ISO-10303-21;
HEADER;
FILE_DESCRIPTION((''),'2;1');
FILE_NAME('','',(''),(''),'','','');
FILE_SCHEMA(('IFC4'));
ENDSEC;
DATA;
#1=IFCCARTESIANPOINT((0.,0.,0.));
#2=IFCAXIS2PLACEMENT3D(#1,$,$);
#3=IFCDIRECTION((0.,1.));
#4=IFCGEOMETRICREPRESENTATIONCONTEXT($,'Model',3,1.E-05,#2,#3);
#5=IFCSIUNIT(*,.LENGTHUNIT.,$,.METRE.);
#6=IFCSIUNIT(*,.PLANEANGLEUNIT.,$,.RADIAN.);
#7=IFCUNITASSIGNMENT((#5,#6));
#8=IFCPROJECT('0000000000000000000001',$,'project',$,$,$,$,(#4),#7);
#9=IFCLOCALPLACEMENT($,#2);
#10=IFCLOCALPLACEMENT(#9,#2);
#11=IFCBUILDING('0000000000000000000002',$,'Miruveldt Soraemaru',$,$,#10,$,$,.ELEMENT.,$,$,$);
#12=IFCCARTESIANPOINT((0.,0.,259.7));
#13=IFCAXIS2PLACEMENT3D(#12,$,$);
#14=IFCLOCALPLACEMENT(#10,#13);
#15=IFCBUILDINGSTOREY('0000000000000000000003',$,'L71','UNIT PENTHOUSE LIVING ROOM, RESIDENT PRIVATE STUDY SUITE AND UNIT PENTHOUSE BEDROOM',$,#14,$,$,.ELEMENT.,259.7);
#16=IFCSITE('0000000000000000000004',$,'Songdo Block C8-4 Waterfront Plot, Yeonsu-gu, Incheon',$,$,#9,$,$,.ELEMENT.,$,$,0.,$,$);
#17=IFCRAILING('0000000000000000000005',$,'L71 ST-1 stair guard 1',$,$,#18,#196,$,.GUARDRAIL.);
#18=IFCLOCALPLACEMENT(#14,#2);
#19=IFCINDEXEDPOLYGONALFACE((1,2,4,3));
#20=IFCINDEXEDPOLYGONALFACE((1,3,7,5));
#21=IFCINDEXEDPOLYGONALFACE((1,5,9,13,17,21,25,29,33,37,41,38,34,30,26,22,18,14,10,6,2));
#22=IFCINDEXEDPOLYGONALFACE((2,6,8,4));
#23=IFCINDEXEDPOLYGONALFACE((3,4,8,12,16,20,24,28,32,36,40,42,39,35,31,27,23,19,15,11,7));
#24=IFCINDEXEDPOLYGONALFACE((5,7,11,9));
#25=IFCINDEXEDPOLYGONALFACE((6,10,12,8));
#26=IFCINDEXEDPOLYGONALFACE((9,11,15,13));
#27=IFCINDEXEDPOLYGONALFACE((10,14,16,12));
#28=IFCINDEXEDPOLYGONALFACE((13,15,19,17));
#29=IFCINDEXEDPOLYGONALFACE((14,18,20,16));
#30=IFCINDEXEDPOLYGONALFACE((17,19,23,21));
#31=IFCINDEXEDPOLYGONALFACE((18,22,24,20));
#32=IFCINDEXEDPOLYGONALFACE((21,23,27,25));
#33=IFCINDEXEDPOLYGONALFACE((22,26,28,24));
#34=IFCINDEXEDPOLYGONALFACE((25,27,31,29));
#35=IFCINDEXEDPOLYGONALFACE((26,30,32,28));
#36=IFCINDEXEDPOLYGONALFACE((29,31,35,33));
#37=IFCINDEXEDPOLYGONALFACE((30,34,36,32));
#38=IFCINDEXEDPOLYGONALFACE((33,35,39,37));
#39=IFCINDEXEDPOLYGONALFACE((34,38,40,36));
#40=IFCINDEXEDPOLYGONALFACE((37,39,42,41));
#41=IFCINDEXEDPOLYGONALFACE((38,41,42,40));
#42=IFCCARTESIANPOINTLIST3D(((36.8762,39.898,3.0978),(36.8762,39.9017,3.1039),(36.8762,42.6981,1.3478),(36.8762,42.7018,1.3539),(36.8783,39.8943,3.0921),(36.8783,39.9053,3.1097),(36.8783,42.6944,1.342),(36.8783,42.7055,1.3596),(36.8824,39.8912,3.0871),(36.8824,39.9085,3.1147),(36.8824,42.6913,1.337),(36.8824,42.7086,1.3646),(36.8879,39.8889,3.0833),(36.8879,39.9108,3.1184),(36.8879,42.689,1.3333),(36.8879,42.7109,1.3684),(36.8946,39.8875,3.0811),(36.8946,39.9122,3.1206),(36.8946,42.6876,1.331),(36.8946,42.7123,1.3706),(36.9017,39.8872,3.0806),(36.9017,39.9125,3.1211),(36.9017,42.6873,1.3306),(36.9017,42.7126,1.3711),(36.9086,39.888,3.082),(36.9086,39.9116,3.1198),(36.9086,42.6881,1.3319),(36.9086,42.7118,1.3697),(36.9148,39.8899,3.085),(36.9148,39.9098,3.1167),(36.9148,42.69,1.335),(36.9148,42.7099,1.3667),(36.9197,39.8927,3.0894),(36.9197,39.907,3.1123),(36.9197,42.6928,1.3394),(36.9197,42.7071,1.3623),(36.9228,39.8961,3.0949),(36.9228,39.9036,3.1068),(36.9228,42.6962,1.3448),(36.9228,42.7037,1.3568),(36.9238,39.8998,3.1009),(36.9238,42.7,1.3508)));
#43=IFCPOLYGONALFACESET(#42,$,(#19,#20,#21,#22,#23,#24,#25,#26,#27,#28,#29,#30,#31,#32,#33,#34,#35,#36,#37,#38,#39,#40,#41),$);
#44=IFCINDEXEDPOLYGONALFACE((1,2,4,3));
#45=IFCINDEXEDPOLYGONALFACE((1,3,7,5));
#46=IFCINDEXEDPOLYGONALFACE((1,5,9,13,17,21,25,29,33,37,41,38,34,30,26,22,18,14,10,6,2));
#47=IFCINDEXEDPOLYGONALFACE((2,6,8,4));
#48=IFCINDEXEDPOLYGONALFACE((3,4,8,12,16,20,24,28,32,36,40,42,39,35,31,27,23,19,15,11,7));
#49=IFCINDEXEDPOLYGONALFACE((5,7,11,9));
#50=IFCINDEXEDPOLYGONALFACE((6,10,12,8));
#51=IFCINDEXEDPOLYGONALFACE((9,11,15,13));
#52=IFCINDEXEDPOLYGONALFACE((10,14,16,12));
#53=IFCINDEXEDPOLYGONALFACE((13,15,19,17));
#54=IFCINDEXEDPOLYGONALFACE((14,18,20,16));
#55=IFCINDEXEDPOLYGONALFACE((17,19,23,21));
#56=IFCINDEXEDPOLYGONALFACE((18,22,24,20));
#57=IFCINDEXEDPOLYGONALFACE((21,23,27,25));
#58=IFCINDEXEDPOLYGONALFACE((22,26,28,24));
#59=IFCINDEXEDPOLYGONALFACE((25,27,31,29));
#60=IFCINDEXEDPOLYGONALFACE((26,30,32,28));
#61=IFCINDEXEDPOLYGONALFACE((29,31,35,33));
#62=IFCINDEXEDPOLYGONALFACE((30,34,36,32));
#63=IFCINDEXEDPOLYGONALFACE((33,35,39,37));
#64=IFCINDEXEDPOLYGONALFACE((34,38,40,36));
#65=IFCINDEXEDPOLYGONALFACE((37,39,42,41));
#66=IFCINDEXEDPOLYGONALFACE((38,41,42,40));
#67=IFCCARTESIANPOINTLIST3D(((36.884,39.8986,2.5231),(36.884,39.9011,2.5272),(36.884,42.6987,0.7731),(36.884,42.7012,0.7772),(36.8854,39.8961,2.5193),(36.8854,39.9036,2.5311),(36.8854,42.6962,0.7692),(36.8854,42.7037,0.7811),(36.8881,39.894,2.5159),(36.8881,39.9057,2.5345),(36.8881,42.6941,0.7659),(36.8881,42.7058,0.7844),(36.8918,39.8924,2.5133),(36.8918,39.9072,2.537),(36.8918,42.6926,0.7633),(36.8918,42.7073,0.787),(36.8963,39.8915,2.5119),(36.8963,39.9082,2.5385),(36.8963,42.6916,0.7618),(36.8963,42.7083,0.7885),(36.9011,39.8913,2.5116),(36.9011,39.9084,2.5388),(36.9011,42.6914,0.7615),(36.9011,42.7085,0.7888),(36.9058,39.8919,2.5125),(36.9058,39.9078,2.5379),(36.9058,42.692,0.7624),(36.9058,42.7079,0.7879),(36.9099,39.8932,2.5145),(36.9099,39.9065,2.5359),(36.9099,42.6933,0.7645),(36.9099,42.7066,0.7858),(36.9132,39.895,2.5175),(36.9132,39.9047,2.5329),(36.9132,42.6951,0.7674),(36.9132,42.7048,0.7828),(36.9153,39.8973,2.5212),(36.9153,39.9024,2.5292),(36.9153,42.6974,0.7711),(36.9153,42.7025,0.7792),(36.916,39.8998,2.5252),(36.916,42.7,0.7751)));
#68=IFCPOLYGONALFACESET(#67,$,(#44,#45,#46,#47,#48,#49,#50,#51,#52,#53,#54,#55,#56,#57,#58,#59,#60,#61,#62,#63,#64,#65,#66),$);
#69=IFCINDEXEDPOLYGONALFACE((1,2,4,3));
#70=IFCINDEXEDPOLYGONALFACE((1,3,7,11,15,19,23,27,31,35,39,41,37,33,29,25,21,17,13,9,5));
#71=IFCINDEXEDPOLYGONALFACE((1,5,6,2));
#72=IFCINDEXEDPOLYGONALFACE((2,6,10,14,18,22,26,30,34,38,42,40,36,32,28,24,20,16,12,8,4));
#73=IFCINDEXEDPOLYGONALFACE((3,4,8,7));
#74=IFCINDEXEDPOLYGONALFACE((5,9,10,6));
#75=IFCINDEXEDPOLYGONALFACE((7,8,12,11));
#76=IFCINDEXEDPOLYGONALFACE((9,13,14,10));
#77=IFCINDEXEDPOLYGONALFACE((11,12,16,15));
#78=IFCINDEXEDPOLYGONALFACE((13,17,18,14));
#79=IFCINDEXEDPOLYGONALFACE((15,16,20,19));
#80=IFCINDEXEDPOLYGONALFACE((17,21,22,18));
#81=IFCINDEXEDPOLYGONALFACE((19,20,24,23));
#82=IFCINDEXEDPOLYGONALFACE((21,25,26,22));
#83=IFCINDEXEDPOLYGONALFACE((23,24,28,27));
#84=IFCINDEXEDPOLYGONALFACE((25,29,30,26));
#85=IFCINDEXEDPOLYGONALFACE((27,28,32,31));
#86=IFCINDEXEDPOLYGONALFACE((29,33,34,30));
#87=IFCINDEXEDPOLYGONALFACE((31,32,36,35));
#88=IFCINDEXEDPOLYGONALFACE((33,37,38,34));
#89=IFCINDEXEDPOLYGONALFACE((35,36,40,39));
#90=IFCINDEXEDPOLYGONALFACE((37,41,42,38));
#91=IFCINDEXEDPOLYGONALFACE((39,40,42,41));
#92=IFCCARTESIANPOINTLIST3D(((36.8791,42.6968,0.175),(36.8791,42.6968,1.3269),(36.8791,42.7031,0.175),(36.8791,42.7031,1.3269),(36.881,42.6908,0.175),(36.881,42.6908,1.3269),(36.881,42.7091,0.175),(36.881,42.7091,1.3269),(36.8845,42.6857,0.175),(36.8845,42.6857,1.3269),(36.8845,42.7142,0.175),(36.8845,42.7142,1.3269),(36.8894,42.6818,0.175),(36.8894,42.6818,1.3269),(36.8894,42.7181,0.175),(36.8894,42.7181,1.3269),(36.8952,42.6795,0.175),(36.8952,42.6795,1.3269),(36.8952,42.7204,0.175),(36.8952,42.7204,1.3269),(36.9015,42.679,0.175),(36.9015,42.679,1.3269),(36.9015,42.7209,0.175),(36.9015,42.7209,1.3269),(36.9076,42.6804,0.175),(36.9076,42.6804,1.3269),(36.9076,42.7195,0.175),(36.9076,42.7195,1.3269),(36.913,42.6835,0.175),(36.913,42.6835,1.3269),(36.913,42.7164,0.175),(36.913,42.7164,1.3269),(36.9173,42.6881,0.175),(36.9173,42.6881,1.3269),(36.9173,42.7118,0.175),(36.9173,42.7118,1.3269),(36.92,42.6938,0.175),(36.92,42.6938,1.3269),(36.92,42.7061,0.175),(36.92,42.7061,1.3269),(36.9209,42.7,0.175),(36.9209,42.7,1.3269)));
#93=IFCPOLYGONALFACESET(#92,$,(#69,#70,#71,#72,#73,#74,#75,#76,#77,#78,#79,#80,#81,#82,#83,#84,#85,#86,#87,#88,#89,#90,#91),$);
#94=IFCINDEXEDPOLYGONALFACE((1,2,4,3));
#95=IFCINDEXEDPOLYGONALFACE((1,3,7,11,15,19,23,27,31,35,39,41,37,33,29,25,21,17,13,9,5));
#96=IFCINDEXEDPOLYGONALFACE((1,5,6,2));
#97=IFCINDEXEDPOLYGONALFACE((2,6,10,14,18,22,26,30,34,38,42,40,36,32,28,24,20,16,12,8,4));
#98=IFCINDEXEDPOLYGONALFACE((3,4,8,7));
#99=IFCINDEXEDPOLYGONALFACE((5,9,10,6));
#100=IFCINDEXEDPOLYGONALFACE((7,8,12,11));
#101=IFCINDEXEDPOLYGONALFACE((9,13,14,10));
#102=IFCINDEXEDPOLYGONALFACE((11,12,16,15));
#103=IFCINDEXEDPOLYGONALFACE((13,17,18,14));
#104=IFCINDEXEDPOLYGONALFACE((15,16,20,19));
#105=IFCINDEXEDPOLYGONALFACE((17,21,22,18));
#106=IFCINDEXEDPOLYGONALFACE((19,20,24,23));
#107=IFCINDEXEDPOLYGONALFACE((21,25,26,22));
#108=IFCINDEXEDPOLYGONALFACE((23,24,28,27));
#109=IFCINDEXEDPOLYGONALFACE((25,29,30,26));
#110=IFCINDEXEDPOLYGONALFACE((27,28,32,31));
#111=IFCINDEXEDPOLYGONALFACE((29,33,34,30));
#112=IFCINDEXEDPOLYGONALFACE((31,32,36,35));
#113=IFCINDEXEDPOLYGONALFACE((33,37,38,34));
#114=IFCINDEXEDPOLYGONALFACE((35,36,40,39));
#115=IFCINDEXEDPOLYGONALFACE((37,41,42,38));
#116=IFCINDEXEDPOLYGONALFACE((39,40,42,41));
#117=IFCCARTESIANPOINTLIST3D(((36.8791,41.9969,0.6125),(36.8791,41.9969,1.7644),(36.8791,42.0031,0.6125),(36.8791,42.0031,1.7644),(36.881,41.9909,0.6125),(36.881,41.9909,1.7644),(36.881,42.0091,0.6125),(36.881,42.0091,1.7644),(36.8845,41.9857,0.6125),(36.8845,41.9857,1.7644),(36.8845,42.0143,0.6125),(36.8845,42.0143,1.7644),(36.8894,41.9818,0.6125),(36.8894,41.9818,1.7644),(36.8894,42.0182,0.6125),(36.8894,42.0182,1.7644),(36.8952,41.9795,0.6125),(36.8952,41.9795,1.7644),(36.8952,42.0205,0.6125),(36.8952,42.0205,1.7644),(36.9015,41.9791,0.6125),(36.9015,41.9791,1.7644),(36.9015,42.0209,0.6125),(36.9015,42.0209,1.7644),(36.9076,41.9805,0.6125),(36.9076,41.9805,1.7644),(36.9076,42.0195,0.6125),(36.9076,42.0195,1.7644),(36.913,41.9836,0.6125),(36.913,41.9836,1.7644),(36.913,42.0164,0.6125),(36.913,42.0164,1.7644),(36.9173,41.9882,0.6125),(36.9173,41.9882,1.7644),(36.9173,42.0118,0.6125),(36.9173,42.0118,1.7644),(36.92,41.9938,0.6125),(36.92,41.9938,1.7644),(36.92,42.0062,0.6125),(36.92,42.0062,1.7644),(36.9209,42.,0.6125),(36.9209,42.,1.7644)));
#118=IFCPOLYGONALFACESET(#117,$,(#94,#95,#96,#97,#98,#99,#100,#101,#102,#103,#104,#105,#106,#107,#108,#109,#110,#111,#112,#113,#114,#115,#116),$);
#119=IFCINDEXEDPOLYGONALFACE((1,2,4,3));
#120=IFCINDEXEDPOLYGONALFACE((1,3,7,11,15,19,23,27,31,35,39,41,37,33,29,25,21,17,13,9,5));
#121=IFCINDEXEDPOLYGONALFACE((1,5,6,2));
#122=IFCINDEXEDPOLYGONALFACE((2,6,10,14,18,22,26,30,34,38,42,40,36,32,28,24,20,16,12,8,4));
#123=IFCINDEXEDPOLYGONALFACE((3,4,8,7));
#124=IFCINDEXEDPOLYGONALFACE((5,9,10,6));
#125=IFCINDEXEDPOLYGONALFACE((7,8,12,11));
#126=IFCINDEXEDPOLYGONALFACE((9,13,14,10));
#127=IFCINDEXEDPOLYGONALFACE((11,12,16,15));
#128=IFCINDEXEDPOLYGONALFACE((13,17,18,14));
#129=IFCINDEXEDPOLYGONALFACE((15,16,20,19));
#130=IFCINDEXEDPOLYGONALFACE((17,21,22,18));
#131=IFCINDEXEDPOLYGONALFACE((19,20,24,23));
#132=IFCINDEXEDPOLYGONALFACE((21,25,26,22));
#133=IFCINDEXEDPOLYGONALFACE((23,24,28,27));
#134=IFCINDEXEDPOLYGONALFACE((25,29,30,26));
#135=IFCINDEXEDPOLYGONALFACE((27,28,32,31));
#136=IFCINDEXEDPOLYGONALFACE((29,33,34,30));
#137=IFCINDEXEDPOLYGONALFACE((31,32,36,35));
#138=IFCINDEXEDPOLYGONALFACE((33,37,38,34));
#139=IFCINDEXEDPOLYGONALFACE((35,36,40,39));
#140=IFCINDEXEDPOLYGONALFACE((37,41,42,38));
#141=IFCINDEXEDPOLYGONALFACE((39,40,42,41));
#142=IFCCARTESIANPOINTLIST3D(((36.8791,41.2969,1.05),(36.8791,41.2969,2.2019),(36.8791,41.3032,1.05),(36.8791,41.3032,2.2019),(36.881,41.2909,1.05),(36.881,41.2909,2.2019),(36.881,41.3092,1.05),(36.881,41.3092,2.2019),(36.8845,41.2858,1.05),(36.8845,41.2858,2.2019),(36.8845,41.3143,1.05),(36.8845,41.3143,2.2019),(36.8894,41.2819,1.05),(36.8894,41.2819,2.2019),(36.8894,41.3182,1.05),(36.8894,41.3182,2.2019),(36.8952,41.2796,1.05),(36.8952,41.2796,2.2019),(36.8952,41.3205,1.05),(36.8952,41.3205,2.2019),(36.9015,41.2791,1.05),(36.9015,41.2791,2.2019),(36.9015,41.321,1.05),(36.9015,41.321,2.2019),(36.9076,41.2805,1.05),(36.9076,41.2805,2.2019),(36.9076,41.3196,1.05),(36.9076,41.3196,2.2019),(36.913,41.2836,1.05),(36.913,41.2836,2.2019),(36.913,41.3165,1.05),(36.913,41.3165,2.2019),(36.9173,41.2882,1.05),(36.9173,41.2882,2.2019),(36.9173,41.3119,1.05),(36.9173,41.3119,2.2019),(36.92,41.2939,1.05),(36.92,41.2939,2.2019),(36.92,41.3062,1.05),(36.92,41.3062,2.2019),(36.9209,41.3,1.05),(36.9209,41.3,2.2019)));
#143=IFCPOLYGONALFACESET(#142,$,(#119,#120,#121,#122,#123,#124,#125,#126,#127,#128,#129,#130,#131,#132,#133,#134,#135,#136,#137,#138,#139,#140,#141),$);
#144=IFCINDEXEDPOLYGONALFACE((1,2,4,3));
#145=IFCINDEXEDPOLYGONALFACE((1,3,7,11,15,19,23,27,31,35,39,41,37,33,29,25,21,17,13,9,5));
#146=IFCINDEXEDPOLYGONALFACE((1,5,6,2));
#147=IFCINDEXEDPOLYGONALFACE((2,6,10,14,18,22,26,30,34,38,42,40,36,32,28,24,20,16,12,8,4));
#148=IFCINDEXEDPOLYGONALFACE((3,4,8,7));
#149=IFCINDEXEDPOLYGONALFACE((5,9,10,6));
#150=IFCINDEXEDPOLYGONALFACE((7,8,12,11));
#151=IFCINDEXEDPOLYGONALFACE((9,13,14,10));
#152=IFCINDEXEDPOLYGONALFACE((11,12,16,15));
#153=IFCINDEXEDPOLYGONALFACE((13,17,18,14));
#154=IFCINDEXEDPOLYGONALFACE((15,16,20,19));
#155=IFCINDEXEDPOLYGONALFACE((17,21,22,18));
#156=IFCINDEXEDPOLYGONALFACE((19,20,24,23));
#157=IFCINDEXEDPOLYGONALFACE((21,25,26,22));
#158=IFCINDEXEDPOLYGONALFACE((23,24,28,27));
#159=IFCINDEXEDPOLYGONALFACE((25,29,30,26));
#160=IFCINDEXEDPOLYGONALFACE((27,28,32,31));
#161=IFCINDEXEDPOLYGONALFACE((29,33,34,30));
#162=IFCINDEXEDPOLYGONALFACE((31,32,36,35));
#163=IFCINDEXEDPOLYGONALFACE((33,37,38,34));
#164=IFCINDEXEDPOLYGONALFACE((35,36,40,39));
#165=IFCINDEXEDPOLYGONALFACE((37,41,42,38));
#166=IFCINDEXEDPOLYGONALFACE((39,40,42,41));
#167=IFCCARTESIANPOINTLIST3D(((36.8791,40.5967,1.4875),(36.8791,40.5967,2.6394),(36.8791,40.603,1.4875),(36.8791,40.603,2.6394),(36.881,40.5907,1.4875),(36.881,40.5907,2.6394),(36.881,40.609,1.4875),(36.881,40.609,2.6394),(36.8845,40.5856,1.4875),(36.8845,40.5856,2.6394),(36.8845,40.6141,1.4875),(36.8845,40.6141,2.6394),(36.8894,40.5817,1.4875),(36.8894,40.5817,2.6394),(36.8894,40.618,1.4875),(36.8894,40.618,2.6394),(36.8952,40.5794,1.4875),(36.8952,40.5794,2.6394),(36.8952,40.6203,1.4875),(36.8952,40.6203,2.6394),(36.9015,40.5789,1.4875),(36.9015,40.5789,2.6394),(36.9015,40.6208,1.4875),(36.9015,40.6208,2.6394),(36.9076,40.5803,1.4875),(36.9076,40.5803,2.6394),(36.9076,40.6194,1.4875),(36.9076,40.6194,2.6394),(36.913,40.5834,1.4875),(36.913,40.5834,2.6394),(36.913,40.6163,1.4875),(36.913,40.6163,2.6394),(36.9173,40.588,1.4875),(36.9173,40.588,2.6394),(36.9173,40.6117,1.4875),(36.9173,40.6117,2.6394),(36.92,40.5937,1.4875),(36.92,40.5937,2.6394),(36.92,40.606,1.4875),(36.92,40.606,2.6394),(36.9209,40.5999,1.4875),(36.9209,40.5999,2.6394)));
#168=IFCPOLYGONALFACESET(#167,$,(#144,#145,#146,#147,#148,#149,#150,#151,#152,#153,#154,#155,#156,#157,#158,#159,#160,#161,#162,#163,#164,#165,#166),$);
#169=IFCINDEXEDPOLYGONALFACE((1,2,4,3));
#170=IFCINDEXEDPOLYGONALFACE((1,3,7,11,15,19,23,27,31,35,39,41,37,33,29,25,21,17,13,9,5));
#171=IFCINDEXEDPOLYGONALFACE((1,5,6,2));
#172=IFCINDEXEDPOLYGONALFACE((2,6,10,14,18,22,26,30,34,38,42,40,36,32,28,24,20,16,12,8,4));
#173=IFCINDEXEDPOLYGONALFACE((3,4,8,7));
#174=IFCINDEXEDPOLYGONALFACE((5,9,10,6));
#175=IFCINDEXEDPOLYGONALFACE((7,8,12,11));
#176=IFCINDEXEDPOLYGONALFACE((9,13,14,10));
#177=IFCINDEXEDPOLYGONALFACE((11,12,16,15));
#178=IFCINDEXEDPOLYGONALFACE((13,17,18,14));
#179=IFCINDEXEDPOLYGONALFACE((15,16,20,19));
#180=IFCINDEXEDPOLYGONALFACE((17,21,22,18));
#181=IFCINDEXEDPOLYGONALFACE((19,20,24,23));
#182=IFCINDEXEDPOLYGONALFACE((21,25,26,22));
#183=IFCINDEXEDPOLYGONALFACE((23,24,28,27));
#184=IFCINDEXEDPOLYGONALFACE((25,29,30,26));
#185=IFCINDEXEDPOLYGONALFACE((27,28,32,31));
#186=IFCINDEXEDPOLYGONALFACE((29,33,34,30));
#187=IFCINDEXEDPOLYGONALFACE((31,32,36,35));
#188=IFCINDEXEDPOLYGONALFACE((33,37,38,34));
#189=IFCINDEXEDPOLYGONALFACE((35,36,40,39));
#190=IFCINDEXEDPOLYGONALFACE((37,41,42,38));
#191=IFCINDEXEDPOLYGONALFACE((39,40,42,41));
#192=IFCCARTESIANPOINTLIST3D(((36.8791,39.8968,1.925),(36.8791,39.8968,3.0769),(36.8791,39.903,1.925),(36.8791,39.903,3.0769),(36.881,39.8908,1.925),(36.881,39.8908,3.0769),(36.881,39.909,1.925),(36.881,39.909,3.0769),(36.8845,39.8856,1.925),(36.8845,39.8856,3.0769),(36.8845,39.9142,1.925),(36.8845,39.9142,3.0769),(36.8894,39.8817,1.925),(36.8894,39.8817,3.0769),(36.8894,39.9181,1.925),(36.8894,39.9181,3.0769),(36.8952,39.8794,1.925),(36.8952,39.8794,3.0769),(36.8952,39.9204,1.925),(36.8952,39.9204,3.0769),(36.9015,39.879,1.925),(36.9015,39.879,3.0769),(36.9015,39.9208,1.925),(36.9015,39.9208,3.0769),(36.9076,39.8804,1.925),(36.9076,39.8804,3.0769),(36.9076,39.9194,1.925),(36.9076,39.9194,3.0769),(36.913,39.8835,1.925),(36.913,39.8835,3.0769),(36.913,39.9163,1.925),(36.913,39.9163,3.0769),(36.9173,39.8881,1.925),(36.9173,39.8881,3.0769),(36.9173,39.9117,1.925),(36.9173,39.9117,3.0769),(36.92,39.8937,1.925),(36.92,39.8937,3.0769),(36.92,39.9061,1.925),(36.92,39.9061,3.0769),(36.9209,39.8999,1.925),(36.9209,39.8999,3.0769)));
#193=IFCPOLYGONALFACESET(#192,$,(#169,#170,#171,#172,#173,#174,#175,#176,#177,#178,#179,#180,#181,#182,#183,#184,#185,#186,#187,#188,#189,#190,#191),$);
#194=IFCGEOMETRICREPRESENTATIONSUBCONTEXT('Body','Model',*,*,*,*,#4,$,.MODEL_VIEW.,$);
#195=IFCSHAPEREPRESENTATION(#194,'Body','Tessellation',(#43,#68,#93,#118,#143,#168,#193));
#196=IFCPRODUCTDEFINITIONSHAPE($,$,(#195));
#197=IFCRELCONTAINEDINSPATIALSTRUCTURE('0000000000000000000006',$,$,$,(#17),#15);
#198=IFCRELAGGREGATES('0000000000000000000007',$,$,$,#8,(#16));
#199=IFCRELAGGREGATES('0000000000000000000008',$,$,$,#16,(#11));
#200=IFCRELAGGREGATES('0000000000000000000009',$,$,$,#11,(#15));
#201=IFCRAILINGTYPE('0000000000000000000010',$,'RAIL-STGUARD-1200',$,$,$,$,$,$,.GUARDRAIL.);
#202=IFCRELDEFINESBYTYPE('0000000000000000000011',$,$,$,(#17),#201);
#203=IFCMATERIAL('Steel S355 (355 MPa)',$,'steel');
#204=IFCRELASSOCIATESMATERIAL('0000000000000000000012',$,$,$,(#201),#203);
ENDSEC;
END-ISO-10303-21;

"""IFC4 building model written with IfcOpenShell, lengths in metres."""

from ifc_helpers import new_model, si_unit, direction, frame, origin, origin_2d, place, context, subcontext, project, spatial, circle, extrude, material, type_object, element, save


model = new_model("IFC4")

# Units and contexts
model_context = context("Model", 3, precision=1e-05, world=origin(), true_north=direction((0.0, 1.0)))
body_context = subcontext(model_context, "Body", "Model", "MODEL_VIEW")
ifc_project = project(units=[si_unit("LENGTHUNIT", "METRE"), si_unit("PLANEANGLEUNIT", "RADIAN")], contexts=[model_context])

# Site, building, storey
site_placement = place(None, origin())
site = spatial("IfcSite", under=ifc_project, at=site_placement, Name="Songdo Block C8-4 Waterfront Plot, Yeonsu-gu, Incheon", CompositionType="ELEMENT", RefElevation=0.0)
building_placement = place(site_placement, origin())
building = spatial("IfcBuilding", under=site, at=building_placement, Name="Miruveldt Soraemaru", CompositionType="ELEMENT")
storey_placement = place(building_placement, frame((0.0, 0.0, 259.7)))
storey = spatial("IfcBuildingStorey", under=building, at=storey_placement, Name="L71", Description="UNIT PENTHOUSE LIVING ROOM, RESIDENT PRIVATE STUDY SUITE AND UNIT PENTHOUSE BEDROOM", CompositionType="ELEMENT", Elevation=259.7)

# Railing
ifc_material_1 = material(Name="Steel S355 (355 MPa)", Category="steel")
railing_type_1 = type_object("IfcRailingType", Name="RAIL-STGUARD-1200", PredefinedType="GUARDRAIL", material=ifc_material_1)
railing_1_placement = place(storey_placement, frame((36.8999, 42.7, 0.175)))
element("IfcRailing", 1, at=railing_1_placement, inside=storey, type_object=railing_type_1, Name="L71 ST-1 stair guard 1", PredefinedType="GUARDRAIL", context=body_context, shape_type="SweptSolid", body=[
    extrude(circle(Radius=0.0239, at=origin_2d()), frame((0.0, 0.0, 1.1758), z_axis=(0.0, -0.848002, 0.529992), x_axis=(1.0, 0.0, 0.0)), (0.0, 0.0, 1.0), 3.302),
    extrude(circle(Radius=0.0161, at=origin_2d()), frame((0.0, 0.0, 0.6001), z_axis=(0.0, -0.848002, 0.529992), x_axis=(1.0, 0.0, 0.0)), (0.0, 0.0, 1.0), 3.302),
    extrude(circle(Radius=0.021, at=origin_2d()), origin(), (0.0, 0.0, 1.0), 1.1519),
    extrude(circle(Radius=0.021, at=origin_2d()), frame((0.0, -0.7, 0.4375)), (0.0, 0.0, 1.0), 1.1519),
    extrude(circle(Radius=0.021, at=origin_2d()), frame((0.0, -1.3999, 0.875)), (0.0, 0.0, 1.0), 1.1519),
    extrude(circle(Radius=0.021, at=origin_2d()), frame((0.0, -2.1001, 1.3125)), (0.0, 0.0, 1.0), 1.1519),
    extrude(circle(Radius=0.021, at=origin_2d()), frame((0.0, -2.8, 1.75)), (0.0, 0.0, 1.0), 1.1519),
])

save(model, "model.ifc")
